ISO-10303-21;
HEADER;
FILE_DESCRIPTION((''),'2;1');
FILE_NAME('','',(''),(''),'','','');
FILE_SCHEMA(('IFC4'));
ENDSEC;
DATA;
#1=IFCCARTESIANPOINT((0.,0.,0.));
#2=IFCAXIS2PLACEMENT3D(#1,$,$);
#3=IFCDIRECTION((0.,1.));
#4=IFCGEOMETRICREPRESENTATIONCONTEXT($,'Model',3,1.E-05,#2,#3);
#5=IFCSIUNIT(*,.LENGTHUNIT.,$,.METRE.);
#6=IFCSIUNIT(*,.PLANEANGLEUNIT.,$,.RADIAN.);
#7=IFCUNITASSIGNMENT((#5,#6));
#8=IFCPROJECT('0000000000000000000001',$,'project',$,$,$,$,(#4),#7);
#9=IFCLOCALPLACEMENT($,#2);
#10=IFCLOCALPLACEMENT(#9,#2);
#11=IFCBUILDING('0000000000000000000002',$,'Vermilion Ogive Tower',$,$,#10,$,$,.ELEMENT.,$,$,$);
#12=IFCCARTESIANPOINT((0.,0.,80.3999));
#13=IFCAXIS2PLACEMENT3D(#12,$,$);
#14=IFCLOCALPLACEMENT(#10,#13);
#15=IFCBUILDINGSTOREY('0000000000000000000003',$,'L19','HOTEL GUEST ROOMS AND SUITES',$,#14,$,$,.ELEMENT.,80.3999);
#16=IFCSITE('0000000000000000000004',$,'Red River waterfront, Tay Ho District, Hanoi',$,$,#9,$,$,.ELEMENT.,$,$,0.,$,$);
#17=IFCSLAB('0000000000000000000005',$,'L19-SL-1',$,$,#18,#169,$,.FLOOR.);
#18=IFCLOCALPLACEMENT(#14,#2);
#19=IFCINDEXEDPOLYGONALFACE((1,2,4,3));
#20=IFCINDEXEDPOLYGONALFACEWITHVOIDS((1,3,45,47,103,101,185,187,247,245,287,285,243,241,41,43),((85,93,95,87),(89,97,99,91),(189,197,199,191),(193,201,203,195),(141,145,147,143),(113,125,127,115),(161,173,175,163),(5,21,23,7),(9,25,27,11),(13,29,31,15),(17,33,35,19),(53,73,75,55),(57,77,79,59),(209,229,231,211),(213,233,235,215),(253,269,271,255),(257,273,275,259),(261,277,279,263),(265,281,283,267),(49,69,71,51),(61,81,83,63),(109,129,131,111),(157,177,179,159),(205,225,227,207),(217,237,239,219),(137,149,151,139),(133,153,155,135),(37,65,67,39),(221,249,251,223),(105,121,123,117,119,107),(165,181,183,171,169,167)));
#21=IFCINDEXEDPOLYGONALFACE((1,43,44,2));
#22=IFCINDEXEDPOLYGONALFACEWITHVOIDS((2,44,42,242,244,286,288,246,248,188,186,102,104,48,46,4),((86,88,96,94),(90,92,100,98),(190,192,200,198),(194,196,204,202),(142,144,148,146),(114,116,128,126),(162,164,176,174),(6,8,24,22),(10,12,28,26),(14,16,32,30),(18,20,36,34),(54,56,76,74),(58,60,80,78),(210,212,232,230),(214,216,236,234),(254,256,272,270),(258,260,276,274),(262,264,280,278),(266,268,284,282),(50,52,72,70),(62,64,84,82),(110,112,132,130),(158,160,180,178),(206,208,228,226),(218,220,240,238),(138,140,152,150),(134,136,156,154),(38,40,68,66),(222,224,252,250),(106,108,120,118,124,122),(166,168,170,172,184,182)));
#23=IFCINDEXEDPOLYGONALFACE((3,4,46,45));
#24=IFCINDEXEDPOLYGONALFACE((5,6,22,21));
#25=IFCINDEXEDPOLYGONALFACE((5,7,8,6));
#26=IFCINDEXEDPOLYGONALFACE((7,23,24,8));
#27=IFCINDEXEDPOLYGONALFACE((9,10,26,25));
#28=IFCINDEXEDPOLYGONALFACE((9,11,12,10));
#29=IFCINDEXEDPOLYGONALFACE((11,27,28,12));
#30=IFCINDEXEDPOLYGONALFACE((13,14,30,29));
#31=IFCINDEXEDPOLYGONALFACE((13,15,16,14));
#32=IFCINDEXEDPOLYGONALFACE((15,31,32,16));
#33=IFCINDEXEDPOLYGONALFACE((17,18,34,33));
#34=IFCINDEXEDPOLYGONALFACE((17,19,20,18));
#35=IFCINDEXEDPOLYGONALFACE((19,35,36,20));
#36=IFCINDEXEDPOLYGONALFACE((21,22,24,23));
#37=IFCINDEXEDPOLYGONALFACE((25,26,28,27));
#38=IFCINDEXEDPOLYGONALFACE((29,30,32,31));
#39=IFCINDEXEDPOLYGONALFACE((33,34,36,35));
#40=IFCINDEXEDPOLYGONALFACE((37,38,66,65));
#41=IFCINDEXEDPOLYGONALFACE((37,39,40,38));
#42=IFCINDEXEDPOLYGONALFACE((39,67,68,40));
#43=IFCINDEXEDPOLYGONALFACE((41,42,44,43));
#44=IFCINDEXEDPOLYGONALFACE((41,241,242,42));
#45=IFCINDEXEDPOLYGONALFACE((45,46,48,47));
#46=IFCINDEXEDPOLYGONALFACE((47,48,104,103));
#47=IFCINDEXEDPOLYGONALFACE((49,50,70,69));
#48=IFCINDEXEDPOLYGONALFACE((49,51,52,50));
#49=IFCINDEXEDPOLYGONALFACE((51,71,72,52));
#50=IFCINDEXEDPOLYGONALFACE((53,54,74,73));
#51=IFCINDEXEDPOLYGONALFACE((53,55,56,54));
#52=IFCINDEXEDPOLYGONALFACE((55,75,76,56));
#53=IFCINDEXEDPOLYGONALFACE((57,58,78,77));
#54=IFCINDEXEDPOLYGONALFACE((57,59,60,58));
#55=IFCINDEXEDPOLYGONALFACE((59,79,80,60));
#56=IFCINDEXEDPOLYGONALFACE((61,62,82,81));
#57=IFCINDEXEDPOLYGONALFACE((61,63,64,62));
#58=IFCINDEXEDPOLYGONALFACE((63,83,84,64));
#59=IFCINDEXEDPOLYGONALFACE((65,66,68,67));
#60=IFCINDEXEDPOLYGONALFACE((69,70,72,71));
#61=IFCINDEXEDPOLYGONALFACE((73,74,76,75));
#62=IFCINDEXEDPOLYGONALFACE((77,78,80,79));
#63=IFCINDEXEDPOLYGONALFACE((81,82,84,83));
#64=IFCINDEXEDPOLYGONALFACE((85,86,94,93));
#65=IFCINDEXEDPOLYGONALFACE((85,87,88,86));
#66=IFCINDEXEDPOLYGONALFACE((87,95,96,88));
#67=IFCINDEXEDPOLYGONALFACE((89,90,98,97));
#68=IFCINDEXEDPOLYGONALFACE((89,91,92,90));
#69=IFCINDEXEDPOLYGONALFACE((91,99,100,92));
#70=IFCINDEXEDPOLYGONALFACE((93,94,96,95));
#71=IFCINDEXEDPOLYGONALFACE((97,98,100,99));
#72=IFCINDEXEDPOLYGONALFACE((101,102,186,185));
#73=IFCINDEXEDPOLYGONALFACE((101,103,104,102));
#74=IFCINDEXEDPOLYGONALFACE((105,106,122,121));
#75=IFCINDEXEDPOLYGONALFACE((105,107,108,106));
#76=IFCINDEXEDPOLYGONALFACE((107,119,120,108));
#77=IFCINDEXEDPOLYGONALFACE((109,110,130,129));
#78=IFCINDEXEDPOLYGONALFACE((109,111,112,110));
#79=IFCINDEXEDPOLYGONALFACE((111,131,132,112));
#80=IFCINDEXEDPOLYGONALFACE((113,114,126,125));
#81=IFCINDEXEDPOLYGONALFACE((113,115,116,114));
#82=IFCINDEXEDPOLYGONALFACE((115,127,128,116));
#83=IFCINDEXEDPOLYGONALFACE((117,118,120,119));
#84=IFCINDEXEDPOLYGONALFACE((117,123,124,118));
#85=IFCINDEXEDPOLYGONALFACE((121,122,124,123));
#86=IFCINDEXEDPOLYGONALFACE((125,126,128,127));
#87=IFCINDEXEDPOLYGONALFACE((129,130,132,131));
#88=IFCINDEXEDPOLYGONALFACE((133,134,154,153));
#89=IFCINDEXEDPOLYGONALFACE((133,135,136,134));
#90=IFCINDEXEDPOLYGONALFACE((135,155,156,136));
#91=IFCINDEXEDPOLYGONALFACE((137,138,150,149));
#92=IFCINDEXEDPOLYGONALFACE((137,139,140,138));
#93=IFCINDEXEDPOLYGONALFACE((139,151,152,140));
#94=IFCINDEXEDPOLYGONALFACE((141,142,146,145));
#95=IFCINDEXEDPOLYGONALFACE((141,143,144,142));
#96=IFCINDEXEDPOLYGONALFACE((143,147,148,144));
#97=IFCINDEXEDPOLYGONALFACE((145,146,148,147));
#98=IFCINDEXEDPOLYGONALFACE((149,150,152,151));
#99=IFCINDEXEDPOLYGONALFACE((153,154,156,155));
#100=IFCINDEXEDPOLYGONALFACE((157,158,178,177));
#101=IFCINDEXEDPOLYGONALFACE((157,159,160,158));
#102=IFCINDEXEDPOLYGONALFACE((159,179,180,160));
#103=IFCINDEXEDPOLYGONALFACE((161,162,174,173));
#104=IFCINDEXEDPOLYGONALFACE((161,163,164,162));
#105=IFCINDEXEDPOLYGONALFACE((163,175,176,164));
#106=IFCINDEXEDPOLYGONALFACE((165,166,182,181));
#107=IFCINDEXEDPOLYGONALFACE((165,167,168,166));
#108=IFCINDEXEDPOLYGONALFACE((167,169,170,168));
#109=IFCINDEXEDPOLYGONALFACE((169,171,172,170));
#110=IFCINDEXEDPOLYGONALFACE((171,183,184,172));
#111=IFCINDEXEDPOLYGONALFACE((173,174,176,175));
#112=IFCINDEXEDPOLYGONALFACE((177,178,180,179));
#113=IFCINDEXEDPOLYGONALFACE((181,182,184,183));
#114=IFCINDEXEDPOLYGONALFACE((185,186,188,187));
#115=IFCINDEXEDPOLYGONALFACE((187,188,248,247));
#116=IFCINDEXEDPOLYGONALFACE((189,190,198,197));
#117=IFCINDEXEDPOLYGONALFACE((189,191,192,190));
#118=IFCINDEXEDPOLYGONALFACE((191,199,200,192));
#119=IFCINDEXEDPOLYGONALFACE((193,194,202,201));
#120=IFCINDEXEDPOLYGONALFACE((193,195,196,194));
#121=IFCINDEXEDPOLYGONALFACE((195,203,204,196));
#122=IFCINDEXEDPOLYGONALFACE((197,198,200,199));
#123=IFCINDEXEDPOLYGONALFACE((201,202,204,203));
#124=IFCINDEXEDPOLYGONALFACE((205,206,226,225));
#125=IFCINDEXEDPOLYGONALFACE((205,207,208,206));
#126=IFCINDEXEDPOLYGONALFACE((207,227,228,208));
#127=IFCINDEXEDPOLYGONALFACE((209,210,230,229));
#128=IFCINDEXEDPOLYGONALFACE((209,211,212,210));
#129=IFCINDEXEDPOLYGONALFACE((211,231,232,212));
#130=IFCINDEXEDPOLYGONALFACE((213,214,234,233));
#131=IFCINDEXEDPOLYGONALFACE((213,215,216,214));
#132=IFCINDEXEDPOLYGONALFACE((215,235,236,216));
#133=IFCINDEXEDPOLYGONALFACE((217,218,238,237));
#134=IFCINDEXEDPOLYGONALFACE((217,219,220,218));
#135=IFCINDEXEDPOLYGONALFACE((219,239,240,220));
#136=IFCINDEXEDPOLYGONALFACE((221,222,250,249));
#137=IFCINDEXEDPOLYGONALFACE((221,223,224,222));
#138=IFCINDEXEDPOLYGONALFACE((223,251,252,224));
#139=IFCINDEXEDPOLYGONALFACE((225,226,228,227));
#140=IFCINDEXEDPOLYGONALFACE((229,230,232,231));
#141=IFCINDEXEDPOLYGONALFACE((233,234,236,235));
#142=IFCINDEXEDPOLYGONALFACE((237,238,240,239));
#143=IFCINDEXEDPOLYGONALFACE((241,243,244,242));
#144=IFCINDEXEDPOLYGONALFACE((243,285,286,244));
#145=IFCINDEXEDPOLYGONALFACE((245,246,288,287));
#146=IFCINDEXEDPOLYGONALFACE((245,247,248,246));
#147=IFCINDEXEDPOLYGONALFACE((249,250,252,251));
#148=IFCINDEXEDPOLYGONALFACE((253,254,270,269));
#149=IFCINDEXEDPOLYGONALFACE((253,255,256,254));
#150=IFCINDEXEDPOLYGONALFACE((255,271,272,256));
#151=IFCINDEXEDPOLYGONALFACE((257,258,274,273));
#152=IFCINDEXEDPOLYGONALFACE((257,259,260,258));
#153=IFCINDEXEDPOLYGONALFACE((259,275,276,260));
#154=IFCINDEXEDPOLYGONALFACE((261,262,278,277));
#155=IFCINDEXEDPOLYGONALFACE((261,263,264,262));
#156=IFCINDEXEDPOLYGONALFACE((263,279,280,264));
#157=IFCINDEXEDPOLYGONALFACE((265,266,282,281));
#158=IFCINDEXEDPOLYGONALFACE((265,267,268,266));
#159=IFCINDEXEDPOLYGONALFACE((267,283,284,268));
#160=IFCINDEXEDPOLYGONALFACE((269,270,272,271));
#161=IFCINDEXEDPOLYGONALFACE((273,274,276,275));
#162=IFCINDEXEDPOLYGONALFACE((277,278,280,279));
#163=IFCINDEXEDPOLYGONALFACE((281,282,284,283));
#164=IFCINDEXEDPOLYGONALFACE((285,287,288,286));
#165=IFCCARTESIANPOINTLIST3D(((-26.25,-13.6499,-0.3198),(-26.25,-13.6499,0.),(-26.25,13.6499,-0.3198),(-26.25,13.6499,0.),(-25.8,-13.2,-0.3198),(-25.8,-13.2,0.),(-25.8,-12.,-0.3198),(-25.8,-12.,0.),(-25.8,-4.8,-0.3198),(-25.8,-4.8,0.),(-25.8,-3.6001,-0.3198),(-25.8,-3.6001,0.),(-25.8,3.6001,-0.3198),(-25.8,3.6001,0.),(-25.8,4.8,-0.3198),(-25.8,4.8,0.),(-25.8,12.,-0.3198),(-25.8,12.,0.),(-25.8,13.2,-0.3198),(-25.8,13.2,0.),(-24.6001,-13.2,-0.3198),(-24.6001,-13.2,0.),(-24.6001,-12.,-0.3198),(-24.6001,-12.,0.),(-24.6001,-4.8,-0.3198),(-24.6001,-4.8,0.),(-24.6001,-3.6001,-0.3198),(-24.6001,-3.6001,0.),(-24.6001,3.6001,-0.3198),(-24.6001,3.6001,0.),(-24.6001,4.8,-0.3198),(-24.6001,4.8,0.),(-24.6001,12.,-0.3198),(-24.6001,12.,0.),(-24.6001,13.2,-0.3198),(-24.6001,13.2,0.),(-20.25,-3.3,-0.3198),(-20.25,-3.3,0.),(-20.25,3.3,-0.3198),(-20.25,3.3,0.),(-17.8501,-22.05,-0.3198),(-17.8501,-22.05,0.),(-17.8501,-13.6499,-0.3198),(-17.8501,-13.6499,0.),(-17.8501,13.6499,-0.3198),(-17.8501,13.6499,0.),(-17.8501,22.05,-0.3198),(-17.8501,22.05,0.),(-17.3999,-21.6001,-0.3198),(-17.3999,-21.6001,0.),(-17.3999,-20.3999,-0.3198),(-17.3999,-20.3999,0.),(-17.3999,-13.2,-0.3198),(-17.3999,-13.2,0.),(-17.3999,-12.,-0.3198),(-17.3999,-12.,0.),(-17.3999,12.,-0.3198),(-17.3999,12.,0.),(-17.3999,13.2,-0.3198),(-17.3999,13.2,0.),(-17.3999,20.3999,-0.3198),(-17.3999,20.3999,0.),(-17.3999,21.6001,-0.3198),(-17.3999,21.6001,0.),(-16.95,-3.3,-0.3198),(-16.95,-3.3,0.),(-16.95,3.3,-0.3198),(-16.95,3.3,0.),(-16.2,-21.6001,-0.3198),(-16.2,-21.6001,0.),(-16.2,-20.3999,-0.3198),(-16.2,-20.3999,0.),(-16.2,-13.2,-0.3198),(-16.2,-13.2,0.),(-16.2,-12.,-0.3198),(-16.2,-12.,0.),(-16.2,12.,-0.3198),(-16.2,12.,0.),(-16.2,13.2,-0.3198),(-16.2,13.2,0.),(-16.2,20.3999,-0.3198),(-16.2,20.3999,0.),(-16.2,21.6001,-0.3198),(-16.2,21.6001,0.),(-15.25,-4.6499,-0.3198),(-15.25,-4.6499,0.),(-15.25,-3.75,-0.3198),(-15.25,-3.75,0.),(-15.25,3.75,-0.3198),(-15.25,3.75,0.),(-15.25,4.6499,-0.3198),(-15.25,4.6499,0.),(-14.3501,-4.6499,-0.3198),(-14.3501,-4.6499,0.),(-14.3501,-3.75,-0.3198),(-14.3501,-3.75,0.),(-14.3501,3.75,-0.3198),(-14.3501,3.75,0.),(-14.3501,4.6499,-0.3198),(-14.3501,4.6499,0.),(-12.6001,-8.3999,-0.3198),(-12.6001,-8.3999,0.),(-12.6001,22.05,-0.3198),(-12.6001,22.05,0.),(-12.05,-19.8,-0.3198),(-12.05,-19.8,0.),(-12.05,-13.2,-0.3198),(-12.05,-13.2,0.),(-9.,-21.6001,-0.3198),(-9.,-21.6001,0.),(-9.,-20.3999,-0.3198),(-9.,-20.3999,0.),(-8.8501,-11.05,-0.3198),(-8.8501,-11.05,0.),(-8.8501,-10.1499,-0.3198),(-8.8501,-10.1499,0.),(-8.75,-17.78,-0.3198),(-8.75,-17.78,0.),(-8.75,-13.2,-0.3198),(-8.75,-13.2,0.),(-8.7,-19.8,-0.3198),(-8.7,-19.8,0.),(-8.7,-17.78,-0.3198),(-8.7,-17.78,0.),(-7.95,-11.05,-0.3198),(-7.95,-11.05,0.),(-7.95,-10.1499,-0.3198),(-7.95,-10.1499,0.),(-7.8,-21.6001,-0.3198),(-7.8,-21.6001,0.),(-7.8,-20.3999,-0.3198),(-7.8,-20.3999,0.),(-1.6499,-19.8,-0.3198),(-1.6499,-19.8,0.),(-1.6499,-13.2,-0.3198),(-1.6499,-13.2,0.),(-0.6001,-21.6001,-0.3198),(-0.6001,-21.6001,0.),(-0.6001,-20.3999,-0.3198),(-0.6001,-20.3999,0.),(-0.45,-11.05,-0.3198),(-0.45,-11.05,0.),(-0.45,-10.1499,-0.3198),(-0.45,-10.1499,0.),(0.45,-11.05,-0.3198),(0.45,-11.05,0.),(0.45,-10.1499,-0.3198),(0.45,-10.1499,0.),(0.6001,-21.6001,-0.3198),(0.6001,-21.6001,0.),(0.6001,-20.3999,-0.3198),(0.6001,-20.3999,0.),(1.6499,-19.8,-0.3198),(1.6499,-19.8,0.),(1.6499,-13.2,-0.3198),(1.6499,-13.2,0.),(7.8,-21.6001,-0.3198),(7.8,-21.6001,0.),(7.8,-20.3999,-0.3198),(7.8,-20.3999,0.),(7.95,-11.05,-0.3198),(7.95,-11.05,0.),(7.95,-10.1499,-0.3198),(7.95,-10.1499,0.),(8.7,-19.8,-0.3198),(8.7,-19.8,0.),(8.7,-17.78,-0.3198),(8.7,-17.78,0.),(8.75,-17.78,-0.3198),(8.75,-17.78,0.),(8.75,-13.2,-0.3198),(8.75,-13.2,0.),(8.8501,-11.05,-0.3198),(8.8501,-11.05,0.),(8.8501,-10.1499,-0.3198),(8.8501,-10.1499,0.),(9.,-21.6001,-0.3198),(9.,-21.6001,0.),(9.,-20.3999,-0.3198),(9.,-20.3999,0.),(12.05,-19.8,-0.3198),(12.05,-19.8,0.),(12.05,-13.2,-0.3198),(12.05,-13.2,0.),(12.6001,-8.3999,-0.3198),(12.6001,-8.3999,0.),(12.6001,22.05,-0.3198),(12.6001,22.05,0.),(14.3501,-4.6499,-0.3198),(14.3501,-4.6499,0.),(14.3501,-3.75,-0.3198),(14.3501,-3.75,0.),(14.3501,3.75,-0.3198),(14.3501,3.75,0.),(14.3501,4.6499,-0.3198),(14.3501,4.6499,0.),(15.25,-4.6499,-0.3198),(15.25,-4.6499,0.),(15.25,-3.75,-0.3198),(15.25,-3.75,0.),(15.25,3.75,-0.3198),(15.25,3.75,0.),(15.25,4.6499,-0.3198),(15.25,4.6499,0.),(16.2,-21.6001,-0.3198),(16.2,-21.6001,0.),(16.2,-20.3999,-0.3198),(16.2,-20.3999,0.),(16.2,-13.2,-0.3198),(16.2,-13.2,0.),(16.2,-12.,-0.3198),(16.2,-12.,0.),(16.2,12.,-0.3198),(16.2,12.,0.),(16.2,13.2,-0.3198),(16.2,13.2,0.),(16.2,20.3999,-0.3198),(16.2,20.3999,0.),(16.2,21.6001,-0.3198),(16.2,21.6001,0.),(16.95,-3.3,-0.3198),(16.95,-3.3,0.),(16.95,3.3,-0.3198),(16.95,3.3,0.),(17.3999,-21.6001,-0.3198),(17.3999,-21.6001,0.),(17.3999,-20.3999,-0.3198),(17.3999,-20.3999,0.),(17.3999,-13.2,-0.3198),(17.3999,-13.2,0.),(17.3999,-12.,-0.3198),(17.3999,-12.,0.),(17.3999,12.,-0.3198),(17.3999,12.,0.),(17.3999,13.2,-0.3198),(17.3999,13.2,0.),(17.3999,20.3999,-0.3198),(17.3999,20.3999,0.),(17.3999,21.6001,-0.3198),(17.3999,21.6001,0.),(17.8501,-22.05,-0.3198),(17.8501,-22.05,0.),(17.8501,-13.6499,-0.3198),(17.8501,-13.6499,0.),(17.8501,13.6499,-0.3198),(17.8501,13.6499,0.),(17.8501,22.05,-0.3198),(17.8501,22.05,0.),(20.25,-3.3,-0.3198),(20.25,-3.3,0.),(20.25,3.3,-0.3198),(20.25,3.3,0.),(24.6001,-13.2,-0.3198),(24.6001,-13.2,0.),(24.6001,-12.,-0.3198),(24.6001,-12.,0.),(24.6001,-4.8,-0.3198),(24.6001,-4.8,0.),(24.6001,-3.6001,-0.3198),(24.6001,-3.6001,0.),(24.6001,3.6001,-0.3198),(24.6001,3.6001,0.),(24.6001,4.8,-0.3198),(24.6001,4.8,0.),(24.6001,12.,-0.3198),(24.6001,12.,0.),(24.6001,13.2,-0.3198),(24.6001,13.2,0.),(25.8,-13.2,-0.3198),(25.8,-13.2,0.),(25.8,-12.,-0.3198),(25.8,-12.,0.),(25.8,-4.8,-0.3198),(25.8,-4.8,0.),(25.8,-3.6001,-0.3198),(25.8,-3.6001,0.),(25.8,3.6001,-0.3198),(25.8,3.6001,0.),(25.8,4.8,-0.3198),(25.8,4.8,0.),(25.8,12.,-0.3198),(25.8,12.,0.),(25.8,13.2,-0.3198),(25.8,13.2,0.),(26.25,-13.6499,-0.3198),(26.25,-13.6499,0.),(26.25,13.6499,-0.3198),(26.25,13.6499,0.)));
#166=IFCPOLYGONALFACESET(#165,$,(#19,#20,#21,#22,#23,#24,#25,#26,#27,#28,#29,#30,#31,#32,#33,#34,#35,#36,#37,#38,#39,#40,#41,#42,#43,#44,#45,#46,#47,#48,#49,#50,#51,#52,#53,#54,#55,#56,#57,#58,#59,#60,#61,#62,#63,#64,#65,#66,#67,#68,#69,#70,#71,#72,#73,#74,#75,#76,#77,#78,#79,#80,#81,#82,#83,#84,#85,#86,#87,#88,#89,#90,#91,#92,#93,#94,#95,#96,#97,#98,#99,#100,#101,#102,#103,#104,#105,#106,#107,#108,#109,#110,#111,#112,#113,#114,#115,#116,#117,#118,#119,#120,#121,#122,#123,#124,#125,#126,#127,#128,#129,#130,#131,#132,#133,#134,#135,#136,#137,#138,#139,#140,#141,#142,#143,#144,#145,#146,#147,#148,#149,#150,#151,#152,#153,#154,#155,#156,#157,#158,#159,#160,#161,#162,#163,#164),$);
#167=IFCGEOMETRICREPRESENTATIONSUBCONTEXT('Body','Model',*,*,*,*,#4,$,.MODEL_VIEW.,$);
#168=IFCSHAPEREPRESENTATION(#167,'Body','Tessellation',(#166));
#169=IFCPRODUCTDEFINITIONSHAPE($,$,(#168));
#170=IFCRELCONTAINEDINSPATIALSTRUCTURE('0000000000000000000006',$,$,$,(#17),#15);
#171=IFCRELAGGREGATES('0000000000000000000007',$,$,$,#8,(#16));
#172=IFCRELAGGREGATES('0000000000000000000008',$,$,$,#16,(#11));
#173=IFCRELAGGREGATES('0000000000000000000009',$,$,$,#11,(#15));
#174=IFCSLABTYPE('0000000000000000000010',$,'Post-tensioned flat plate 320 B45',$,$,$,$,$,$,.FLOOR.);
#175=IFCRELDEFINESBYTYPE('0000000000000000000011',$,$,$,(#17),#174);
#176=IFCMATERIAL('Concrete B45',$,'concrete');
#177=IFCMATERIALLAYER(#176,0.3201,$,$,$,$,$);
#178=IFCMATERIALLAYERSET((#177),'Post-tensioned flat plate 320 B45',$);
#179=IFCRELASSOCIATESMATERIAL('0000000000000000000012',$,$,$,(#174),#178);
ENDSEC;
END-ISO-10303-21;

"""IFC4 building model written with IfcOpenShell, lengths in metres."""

from ifc_helpers import new_model, si_unit, direction, frame, origin, place, context, subcontext, project, spatial, polyline, outline, extrude, material, layer, layer_set, type_object, element, save


model = new_model("IFC4")

# Units and contexts
model_context = context("Model", 3, precision=1e-05, world=origin(), true_north=direction((0.0, 1.0)))
body_context = subcontext(model_context, "Body", "Model", "MODEL_VIEW")
ifc_project = project(units=[si_unit("LENGTHUNIT", "METRE"), si_unit("PLANEANGLEUNIT", "RADIAN")], contexts=[model_context])

# Site, building, storey
site_placement = place(None, origin())
site = spatial("IfcSite", under=ifc_project, at=site_placement, Name="Red River waterfront, Tay Ho District, Hanoi", CompositionType="ELEMENT", RefElevation=0.0)
building_placement = place(site_placement, origin())
building = spatial("IfcBuilding", under=site, at=building_placement, Name="Vermilion Ogive Tower", CompositionType="ELEMENT")
storey_placement = place(building_placement, frame((0.0, 0.0, 80.3999)))
storey = spatial("IfcBuildingStorey", under=building, at=storey_placement, Name="L19", Description="HOTEL GUEST ROOMS AND SUITES", CompositionType="ELEMENT", Elevation=80.3999)

# Slab
ifc_material_1 = material(Name="Concrete B45", Category="concrete")
ifc_layer_1 = layer(ifc_material_1, 0.3201)
ifc_layer_set_1 = layer_set([ifc_layer_1], Name="Post-tensioned flat plate 320 B45")
slab_type = type_object("IfcSlabType", Name="Post-tensioned flat plate 320 B45", PredefinedType="FLOOR", material=ifc_layer_set_1)
slab_placement = place(storey_placement, frame((0.0, 0.0, -0.3198)))
element("IfcSlab", 1, at=slab_placement, inside=storey, type_object=slab_type, Name="L19-SL-1", PredefinedType="FLOOR", context=body_context, shape_type="SweptSolid", body=[
    extrude(outline(polyline([(-26.25, 13.6499), (-26.25, -13.6499), (-17.8501, -13.6499), (-17.8501, -22.05), (17.8501, -22.05), (17.8501, -13.6499), (26.25, -13.6499), (26.25, 13.6499), (17.8501, 13.6499), (17.8501, 22.05), (12.6001, 22.05), (12.6001, -8.3999), (-12.6001, -8.3999), (-12.6001, 22.05), (-17.8501, 22.05), (-17.8501, 13.6499), (-26.25, 13.6499)]), holes=[polyline([(24.6001, -3.6001), (25.8, -3.6001), (25.8, -4.8), (24.6001, -4.8), (24.6001, -3.6001)]), polyline([(24.6001, -12.0), (25.8, -12.0), (25.8, -13.2), (24.6001, -13.2), (24.6001, -12.0)]), polyline([(25.8, 13.2), (25.8, 12.0), (24.6001, 12.0), (24.6001, 13.2), (25.8, 13.2)]), polyline([(25.8, 4.8), (25.8, 3.6001), (24.6001, 3.6001), (24.6001, 4.8), (25.8, 4.8)]), polyline([(16.95, 3.3), (20.25, 3.3), (20.25, -3.3), (16.95, -3.3), (16.95, 3.3)]), polyline([(16.2, -12.0), (17.3999, -12.0), (17.3999, -13.2), (16.2, -13.2), (16.2, -12.0)]), polyline([(17.3999, 21.6001), (17.3999, 20.3999), (16.2, 20.3999), (16.2, 21.6001), (17.3999, 21.6001)]), polyline([(16.2, -20.3999), (17.3999, -20.3999), (17.3999, -21.6001), (16.2, -21.6001), (16.2, -20.3999)]), polyline([(16.2, 13.2), (17.3999, 13.2), (17.3999, 12.0), (16.2, 12.0), (16.2, 13.2)]), polyline([(14.3501, 4.6499), (15.25, 4.6499), (15.25, 3.75), (14.3501, 3.75), (14.3501, 4.6499)]), polyline([(15.25, -3.75), (15.25, -4.6499), (14.3501, -4.6499), (14.3501, -3.75), (15.25, -3.75)]), polyline([(12.05, -13.2), (12.05, -19.8), (8.7, -19.8), (8.7, -17.78), (8.75, -17.78), (8.75, -13.2), (12.05, -13.2)]), polyline([(7.8, -20.3999), (9.0, -20.3999), (9.0, -21.6001), (7.8, -21.6001), (7.8, -20.3999)]), polyline([(8.8501, -10.1499), (8.8501, -11.05), (7.95, -11.05), (7.95, -10.1499), (8.8501, -10.1499)]), polyline([(-1.6499, -13.2), (1.6499, -13.2), (1.6499, -19.8), (-1.6499, -19.8), (-1.6499, -13.2)]), polyline([(-0.6001, -20.3999), (0.6001, -20.3999), (0.6001, -21.6001), (-0.6001, -21.6001), (-0.6001, -20.3999)]), polyline([(-0.45, -10.1499), (0.45, -10.1499), (0.45, -11.05), (-0.45, -11.05), (-0.45, -10.1499)]), polyline([(-9.0, -20.3999), (-7.8, -20.3999), (-7.8, -21.6001), (-9.0, -21.6001), (-9.0, -20.3999)]), polyline([(-8.8501, -10.1499), (-7.95, -10.1499), (-7.95, -11.05), (-8.8501, -11.05), (-8.8501, -10.1499)]), polyline([(-12.05, -13.2), (-8.75, -13.2), (-8.75, -17.78), (-8.7, -17.78), (-8.7, -19.8), (-12.05, -19.8), (-12.05, -13.2)]), polyline([(-15.25, 4.6499), (-14.3501, 4.6499), (-14.3501, 3.75), (-15.25, 3.75), (-15.25, 4.6499)]), polyline([(-14.3501, -3.75), (-14.3501, -4.6499), (-15.25, -4.6499), (-15.25, -3.75), (-14.3501, -3.75)]), polyline([(-17.3999, 13.2), (-16.2, 13.2), (-16.2, 12.0), (-17.3999, 12.0), (-17.3999, 13.2)]), polyline([(-17.3999, -12.0), (-16.2, -12.0), (-16.2, -13.2), (-17.3999, -13.2), (-17.3999, -12.0)]), polyline([(-17.3999, -20.3999), (-16.2, -20.3999), (-16.2, -21.6001), (-17.3999, -21.6001), (-17.3999, -20.3999)]), polyline([(-16.2, 21.6001), (-16.2, 20.3999), (-17.3999, 20.3999), (-17.3999, 21.6001), (-16.2, 21.6001)]), polyline([(-20.25, 3.3), (-16.95, 3.3), (-16.95, -3.3), (-20.25, -3.3), (-20.25, 3.3)]), polyline([(-24.6001, 4.8), (-24.6001, 3.6001), (-25.8, 3.6001), (-25.8, 4.8), (-24.6001, 4.8)]), polyline([(-25.8, 13.2), (-24.6001, 13.2), (-24.6001, 12.0), (-25.8, 12.0), (-25.8, 13.2)]), polyline([(-25.8, -3.6001), (-24.6001, -3.6001), (-24.6001, -4.8), (-25.8, -4.8), (-25.8, -3.6001)]), polyline([(-25.8, -12.0), (-24.6001, -12.0), (-24.6001, -13.2), (-25.8, -13.2), (-25.8, -12.0)])]), origin(), (0.0, 0.0, 1.0), 0.3198),
])

save(model, "model.ifc")
